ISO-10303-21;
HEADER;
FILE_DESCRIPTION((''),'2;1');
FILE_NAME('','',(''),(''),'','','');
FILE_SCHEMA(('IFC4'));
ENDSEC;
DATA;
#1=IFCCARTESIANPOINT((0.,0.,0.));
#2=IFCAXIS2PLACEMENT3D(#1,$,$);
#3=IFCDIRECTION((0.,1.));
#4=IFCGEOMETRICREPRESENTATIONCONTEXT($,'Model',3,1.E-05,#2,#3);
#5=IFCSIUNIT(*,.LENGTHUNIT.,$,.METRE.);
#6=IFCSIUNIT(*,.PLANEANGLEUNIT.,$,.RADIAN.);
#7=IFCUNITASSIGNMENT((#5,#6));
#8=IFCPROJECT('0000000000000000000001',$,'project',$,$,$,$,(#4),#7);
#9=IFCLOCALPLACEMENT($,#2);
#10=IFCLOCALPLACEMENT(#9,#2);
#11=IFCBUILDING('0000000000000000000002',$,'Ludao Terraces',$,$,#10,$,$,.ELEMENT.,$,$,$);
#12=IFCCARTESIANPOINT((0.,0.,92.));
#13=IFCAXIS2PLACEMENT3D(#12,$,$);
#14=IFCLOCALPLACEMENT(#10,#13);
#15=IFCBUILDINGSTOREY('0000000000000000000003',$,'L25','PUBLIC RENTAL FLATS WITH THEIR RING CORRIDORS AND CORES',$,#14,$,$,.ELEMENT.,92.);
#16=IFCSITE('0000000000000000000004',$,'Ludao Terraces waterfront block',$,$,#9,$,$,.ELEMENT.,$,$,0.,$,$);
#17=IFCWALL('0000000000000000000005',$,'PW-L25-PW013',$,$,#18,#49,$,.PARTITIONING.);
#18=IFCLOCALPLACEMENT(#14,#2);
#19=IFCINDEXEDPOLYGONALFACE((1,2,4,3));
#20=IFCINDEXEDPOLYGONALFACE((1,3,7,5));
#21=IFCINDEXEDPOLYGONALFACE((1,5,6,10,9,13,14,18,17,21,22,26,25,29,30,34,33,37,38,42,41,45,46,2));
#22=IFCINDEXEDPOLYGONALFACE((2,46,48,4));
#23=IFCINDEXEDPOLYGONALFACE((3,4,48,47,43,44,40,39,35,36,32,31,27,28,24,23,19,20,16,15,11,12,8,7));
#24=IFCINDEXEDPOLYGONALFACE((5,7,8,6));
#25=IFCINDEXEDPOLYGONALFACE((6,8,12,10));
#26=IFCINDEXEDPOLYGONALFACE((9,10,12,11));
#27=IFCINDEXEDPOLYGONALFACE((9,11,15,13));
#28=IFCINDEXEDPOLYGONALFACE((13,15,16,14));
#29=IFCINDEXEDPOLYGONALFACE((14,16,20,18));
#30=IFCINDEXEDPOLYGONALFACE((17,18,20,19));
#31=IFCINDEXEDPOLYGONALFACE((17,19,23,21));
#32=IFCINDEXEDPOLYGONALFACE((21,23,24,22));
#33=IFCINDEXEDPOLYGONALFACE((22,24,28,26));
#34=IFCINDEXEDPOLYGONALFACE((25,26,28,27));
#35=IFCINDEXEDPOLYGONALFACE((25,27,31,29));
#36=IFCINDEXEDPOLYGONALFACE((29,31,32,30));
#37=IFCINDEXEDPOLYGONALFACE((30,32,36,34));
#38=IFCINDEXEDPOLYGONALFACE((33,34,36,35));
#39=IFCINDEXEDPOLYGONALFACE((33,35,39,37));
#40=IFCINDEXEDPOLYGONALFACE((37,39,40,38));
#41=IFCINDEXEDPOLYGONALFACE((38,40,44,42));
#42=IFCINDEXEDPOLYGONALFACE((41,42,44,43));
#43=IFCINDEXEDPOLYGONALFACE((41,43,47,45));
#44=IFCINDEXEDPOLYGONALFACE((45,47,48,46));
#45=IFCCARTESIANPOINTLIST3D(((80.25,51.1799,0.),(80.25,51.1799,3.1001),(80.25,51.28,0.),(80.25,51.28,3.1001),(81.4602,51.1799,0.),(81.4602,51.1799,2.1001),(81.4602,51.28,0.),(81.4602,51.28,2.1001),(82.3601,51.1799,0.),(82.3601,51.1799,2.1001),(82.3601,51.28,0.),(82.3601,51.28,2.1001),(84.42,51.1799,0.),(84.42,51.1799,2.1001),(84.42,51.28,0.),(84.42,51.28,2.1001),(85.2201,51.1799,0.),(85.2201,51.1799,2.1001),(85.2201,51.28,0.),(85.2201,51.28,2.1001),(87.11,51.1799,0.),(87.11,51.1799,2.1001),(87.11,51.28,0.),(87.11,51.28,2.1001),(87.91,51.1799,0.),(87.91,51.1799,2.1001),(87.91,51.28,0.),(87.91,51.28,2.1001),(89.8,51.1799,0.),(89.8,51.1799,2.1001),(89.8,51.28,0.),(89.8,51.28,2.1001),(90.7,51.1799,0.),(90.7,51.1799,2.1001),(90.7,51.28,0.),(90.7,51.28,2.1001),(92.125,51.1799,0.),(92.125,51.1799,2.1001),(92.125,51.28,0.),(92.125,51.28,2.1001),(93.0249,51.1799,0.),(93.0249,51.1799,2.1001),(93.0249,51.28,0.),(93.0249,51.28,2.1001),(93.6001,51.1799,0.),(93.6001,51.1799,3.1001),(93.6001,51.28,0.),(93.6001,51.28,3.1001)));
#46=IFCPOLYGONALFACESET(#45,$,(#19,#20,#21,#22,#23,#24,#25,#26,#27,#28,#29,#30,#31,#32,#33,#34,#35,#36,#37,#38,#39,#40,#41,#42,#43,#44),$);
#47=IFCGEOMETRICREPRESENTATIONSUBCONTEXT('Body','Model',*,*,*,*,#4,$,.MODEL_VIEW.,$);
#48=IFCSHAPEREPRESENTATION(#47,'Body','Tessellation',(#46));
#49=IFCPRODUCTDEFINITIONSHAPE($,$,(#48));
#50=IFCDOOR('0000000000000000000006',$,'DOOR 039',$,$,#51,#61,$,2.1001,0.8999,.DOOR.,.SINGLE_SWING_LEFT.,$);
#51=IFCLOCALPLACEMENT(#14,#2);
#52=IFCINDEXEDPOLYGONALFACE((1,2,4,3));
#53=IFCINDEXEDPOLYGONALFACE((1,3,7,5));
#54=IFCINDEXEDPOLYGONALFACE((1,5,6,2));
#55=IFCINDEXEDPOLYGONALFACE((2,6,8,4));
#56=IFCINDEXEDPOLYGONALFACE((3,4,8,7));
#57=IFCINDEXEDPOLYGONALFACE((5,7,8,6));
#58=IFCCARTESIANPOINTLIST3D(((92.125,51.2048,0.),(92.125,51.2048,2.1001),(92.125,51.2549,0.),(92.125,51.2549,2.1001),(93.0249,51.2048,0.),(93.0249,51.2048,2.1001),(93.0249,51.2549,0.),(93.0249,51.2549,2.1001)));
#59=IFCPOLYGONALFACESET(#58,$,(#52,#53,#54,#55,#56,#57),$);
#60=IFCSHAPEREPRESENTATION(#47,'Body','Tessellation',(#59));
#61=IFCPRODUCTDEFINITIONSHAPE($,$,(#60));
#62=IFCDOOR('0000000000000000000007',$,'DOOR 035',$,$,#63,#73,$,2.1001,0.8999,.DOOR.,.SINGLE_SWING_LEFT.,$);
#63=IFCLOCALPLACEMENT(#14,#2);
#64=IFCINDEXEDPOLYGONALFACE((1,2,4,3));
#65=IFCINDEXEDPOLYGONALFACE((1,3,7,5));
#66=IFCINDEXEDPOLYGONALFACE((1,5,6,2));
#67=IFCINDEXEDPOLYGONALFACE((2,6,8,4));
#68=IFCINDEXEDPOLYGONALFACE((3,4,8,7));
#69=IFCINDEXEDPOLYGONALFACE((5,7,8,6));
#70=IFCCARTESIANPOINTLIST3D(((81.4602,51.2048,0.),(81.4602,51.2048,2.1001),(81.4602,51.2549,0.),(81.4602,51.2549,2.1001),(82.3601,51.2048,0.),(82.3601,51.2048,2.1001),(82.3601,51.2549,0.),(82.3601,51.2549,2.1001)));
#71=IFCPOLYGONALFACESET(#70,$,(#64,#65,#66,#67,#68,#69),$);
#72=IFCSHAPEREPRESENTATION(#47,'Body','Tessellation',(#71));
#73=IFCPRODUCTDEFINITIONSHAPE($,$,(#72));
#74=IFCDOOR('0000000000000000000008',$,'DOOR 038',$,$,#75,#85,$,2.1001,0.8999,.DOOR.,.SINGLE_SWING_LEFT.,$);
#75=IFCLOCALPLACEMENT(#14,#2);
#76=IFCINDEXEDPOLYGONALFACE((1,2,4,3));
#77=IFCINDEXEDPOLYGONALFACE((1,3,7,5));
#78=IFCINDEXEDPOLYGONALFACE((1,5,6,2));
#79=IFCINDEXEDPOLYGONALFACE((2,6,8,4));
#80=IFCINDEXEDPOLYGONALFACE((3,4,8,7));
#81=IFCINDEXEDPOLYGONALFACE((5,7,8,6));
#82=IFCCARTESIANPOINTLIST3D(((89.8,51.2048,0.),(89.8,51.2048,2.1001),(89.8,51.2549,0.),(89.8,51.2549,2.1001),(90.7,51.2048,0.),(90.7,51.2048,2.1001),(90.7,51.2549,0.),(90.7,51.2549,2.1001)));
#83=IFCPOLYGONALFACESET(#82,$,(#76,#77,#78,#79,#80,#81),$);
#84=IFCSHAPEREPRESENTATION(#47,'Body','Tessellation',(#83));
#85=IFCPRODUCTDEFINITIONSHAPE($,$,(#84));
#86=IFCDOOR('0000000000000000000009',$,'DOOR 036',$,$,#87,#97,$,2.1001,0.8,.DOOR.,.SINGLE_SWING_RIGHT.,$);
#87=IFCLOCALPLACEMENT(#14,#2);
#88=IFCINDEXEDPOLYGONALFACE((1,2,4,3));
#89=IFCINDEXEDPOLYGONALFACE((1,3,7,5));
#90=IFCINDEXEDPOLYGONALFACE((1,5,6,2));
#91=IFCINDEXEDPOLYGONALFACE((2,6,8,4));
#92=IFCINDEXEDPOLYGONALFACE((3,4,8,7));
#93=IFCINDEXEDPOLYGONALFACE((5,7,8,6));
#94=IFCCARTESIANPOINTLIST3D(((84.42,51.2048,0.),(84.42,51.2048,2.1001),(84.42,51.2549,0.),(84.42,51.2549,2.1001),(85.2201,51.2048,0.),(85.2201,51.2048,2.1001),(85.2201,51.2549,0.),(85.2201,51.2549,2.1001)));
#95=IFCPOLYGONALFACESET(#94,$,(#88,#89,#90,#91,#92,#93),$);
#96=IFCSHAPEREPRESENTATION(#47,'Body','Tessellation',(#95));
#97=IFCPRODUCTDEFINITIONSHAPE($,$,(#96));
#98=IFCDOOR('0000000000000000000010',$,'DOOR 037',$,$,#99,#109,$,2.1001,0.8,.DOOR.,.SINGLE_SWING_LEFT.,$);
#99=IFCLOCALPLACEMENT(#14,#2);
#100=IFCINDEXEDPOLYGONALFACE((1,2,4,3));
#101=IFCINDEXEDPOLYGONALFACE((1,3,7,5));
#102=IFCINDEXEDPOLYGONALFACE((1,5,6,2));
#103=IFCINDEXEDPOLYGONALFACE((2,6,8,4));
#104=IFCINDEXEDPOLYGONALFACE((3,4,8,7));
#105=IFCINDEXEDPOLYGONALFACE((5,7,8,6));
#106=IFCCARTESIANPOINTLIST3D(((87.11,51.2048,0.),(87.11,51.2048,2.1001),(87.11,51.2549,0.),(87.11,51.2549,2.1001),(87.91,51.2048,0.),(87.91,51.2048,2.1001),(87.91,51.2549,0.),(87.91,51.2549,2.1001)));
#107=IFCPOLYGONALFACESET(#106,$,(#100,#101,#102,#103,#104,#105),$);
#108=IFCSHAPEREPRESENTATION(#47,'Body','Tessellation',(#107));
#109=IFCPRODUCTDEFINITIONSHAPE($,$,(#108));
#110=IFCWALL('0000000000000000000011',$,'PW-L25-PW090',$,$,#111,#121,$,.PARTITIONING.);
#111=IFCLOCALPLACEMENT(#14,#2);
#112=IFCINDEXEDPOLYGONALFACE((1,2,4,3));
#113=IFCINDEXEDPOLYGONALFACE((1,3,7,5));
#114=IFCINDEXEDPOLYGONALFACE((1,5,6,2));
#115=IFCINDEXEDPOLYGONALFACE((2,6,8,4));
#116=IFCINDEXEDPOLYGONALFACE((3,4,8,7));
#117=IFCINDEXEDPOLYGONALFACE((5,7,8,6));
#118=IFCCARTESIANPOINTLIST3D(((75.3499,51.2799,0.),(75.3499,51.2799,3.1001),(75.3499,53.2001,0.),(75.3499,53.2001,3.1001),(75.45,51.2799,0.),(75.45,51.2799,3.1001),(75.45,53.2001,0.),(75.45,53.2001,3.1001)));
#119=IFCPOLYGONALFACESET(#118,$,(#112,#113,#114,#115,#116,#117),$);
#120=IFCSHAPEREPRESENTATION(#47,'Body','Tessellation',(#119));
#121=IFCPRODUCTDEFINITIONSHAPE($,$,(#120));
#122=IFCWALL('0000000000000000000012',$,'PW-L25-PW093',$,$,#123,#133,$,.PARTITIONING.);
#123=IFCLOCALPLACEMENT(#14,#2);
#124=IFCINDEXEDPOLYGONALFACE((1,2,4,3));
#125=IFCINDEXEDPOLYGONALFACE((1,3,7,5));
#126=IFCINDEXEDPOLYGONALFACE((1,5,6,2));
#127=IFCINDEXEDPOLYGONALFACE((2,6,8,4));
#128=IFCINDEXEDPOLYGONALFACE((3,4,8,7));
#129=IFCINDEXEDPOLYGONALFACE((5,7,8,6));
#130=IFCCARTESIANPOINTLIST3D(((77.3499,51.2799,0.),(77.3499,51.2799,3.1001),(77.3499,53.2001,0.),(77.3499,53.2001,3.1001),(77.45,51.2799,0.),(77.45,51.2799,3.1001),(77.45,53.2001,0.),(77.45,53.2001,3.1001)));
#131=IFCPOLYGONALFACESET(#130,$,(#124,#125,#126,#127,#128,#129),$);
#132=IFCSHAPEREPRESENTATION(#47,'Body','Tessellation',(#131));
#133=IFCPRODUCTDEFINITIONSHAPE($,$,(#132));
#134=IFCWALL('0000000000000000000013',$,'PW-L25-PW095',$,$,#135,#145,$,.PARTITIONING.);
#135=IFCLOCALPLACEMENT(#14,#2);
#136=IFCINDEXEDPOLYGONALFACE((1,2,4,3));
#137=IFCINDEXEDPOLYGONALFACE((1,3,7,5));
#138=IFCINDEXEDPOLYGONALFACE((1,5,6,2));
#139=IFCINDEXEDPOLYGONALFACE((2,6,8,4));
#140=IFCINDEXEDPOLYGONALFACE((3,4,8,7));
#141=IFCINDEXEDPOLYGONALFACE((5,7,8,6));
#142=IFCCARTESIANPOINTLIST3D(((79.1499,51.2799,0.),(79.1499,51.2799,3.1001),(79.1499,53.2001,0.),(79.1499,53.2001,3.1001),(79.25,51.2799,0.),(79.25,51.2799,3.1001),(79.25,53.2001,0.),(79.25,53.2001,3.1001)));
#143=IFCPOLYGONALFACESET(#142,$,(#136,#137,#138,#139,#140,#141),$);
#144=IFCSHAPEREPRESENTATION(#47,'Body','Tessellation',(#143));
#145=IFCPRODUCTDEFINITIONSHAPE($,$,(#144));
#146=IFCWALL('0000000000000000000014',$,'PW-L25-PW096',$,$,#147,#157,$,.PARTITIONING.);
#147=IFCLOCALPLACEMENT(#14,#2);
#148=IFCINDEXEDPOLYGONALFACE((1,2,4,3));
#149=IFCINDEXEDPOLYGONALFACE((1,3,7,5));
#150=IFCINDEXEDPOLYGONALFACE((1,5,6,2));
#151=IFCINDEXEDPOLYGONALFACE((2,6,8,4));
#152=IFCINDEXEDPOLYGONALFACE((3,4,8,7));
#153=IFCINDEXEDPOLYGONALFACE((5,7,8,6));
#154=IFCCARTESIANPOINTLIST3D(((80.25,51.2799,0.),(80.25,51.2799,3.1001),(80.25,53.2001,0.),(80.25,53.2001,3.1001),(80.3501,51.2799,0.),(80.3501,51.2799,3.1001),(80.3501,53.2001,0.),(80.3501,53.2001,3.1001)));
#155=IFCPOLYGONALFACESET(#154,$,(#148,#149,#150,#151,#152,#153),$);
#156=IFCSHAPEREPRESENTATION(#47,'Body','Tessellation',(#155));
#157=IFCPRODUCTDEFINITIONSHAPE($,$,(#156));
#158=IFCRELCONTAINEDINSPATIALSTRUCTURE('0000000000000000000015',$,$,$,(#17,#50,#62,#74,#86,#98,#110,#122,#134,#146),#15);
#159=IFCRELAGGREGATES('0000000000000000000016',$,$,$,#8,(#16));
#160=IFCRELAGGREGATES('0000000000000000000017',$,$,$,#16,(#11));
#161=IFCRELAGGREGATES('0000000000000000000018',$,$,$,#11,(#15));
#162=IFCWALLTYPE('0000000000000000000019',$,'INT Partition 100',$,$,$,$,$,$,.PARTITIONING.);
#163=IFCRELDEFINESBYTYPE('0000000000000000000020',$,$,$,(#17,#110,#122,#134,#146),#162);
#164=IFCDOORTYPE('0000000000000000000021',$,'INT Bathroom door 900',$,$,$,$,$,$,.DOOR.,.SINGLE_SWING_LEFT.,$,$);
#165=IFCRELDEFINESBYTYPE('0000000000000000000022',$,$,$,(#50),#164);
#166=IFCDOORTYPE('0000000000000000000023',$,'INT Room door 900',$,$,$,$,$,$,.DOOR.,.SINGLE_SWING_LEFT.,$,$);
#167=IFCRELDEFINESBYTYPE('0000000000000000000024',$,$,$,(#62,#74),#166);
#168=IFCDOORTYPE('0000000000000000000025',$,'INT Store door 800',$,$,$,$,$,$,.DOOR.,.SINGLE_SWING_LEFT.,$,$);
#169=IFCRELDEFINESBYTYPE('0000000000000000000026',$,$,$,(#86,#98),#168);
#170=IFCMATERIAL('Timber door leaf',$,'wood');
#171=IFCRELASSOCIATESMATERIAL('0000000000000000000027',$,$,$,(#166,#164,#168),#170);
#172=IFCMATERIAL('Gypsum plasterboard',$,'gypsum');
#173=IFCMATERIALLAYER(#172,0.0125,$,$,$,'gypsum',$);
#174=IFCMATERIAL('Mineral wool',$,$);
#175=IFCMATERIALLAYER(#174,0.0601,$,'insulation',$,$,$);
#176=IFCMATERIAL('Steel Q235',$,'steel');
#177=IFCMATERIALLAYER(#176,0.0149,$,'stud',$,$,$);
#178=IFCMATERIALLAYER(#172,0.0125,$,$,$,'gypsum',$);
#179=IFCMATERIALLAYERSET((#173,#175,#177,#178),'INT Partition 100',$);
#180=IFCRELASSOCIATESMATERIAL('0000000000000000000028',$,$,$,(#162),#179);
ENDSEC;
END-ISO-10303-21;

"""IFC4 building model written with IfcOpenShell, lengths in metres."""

from ifc_helpers import new_model, si_unit, direction, frame, frame_2d, origin, place, context, subcontext, project, spatial, rectangle, extrude, material, layer, layer_set, type_object, element, fill, save


model = new_model("IFC4")

# Units and contexts
model_context = context("Model", 3, precision=1e-05, world=origin(), true_north=direction((0.0, 1.0)))
body_context = subcontext(model_context, "Body", "Model", "MODEL_VIEW")
ifc_project = project(units=[si_unit("LENGTHUNIT", "METRE"), si_unit("PLANEANGLEUNIT", "RADIAN")], contexts=[model_context])

# Site, building, storey
site_placement = place(None, origin())
site = spatial("IfcSite", under=ifc_project, at=site_placement, Name="Ludao Terraces waterfront block", CompositionType="ELEMENT", RefElevation=0.0)
building_placement = place(site_placement, origin())
building = spatial("IfcBuilding", under=site, at=building_placement, Name="Ludao Terraces", CompositionType="ELEMENT")
storey_placement = place(building_placement, frame((0.0, 0.0, 92.0)))
storey = spatial("IfcBuildingStorey", under=building, at=storey_placement, Name="L25", Description="PUBLIC RENTAL FLATS WITH THEIR RING CORRIDORS AND CORES", CompositionType="ELEMENT", Elevation=92.0)

# Shared definitions
ifc_material_1 = material(Name="Steel Q235", Category="steel")
ifc_material_2 = material(Name="Timber door leaf", Category="wood")
door_type_1 = type_object("IfcDoorType", Name="INT Room door 900", OperationType="SINGLE_SWING_LEFT", PredefinedType="DOOR", material=ifc_material_2)

# Wall, openings, doors
ifc_material_3 = material(Name="Gypsum plasterboard", Category="gypsum")
ifc_layer_1 = layer(ifc_material_3, 0.0125, Category="gypsum")
ifc_material_4 = material(Name="Mineral wool")
ifc_layer_2 = layer(ifc_material_4, 0.0601, Name="insulation")
ifc_layer_3 = layer(ifc_material_1, 0.0149, Name="stud")
ifc_layer_4 = layer(ifc_material_3, 0.0125, Category="gypsum")
ifc_layer_set_1 = layer_set([ifc_layer_1, ifc_layer_2, ifc_layer_3, ifc_layer_4], Name="INT Partition 100")
wall_type_1 = type_object("IfcWallType", Name="INT Partition 100", PredefinedType="PARTITIONING", material=ifc_layer_set_1)
wall_1_placement = place(storey_placement, frame((80.25, 51.23, 0.0), z_axis=(0.0, 0.0, 1.0), x_axis=(1.0, 0.0, 0.0)))
wall_1 = element("IfcWall", 1, at=wall_1_placement, inside=storey, type_object=wall_type_1, Name="PW-L25-PW013", PredefinedType="PARTITIONING", context=body_context, shape_type="SweptSolid", body=[
    extrude(rectangle(XDim=13.3501, YDim=0.1001, at=frame_2d((6.675, 0.0))), origin(), (0.0, 0.0, 1.0), 3.1001),
])
opening_1_placement = place(wall_1_placement, frame((1.2102, 0.0, 0.0)))
opening_1 = element("IfcOpeningElement", 2, at=opening_1_placement, cuts=wall_1, PredefinedType="OPENING", context=body_context, shape_type="SweptSolid", body=[
    extrude(rectangle(XDim=0.8999, YDim=2.1001, at=frame_2d((0.45, 1.05))), frame((0.0, 0.0601, 0.0), z_axis=(0.0, -1.0, 0.0), x_axis=(1.0, 0.0, 0.0)), (0.0, 0.0, 1.0), 0.1201),
])
opening_2_placement = place(wall_1_placement, frame((4.1702, 0.0, 0.0)))
opening_2 = element("IfcOpeningElement", 3, at=opening_2_placement, cuts=wall_1, PredefinedType="OPENING", context=body_context, shape_type="SweptSolid", body=[
    extrude(rectangle(XDim=0.8, YDim=2.1001, at=frame_2d((0.3999, 1.05))), frame((0.0, 0.0601, 0.0), z_axis=(0.0, -1.0, 0.0), x_axis=(1.0, 0.0, 0.0)), (0.0, 0.0, 1.0), 0.1201),
])
opening_3_placement = place(wall_1_placement, frame((6.8601, 0.0, 0.0)))
opening_3 = element("IfcOpeningElement", 4, at=opening_3_placement, cuts=wall_1, PredefinedType="OPENING", context=body_context, shape_type="SweptSolid", body=[
    extrude(rectangle(XDim=0.8, YDim=2.1001, at=frame_2d((0.3999, 1.05))), frame((0.0, 0.0601, 0.0), z_axis=(0.0, -1.0, 0.0), x_axis=(1.0, 0.0, 0.0)), (0.0, 0.0, 1.0), 0.1201),
])
opening_4_placement = place(wall_1_placement, frame((9.55, 0.0, 0.0)))
opening_4 = element("IfcOpeningElement", 5, at=opening_4_placement, cuts=wall_1, PredefinedType="OPENING", context=body_context, shape_type="SweptSolid", body=[
    extrude(rectangle(XDim=0.8999, YDim=2.1001, at=frame_2d((0.45, 1.05))), frame((0.0, 0.0601, 0.0), z_axis=(0.0, -1.0, 0.0), x_axis=(1.0, 0.0, 0.0)), (0.0, 0.0, 1.0), 0.1201),
])
opening_5_placement = place(wall_1_placement, frame((11.875, 0.0, 0.0)))
opening_5 = element("IfcOpeningElement", 6, at=opening_5_placement, cuts=wall_1, PredefinedType="OPENING", context=body_context, shape_type="SweptSolid", body=[
    extrude(rectangle(XDim=0.8999, YDim=2.1001, at=frame_2d((0.45, 1.05))), frame((0.0, 0.0601, 0.0), z_axis=(0.0, -1.0, 0.0), x_axis=(1.0, 0.0, 0.0)), (0.0, 0.0, 1.0), 0.1201),
])
door_type_2 = type_object("IfcDoorType", Name="INT Bathroom door 900", OperationType="SINGLE_SWING_LEFT", PredefinedType="DOOR", material=ifc_material_2)
door_1_placement = place(opening_5_placement, origin())
door_1 = element("IfcDoor", 7, at=door_1_placement, inside=storey, type_object=door_type_2, Name="DOOR 039", OperationType="SINGLE_SWING_LEFT", OverallHeight=2.1001, OverallWidth=0.8999, PredefinedType="DOOR", context=body_context, shape_type="SweptSolid", body=[
    extrude(rectangle(XDim=0.8999, YDim=2.1001, at=frame_2d((0.45, 1.05))), frame((0.0, 0.0249, 0.0), z_axis=(0.0, -1.0, 0.0), x_axis=(1.0, 0.0, 0.0)), (0.0, 0.0, 1.0), 0.05),
])
fill(opening_5, door_1)
door_2_placement = place(opening_1_placement, origin())
door_2 = element("IfcDoor", 8, at=door_2_placement, inside=storey, type_object=door_type_1, Name="DOOR 035", OperationType="SINGLE_SWING_LEFT", OverallHeight=2.1001, OverallWidth=0.8999, PredefinedType="DOOR", context=body_context, shape_type="SweptSolid", body=[
    extrude(rectangle(XDim=0.8999, YDim=2.1001, at=frame_2d((0.45, 1.05))), frame((0.0, 0.0249, 0.0), z_axis=(0.0, -1.0, 0.0), x_axis=(1.0, 0.0, 0.0)), (0.0, 0.0, 1.0), 0.05),
])
fill(opening_1, door_2)
door_3_placement = place(opening_4_placement, origin())
door_3 = element("IfcDoor", 9, at=door_3_placement, inside=storey, type_object=door_type_1, Name="DOOR 038", OperationType="SINGLE_SWING_LEFT", OverallHeight=2.1001, OverallWidth=0.8999, PredefinedType="DOOR", context=body_context, shape_type="SweptSolid", body=[
    extrude(rectangle(XDim=0.8999, YDim=2.1001, at=frame_2d((0.45, 1.05))), frame((0.0, 0.0249, 0.0), z_axis=(0.0, -1.0, 0.0), x_axis=(1.0, 0.0, 0.0)), (0.0, 0.0, 1.0), 0.05),
])
fill(opening_4, door_3)
door_type_3 = type_object("IfcDoorType", Name="INT Store door 800", OperationType="SINGLE_SWING_LEFT", PredefinedType="DOOR", material=ifc_material_2)
door_4_placement = place(opening_2_placement, origin())
door_4 = element("IfcDoor", 10, at=door_4_placement, inside=storey, type_object=door_type_3, Name="DOOR 036", OperationType="SINGLE_SWING_RIGHT", OverallHeight=2.1001, OverallWidth=0.8, PredefinedType="DOOR", context=body_context, shape_type="SweptSolid", body=[
    extrude(rectangle(XDim=0.8, YDim=2.1001, at=frame_2d((0.3999, 1.05))), frame((0.0, 0.0249, 0.0), z_axis=(0.0, -1.0, 0.0), x_axis=(1.0, 0.0, 0.0)), (0.0, 0.0, 1.0), 0.05),
])
fill(opening_2, door_4)
door_5_placement = place(opening_3_placement, origin())
door_5 = element("IfcDoor", 11, at=door_5_placement, inside=storey, type_object=door_type_3, Name="DOOR 037", OperationType="SINGLE_SWING_LEFT", OverallHeight=2.1001, OverallWidth=0.8, PredefinedType="DOOR", context=body_context, shape_type="SweptSolid", body=[
    extrude(rectangle(XDim=0.8, YDim=2.1001, at=frame_2d((0.3999, 1.05))), frame((0.0, 0.0249, 0.0), z_axis=(0.0, -1.0, 0.0), x_axis=(1.0, 0.0, 0.0)), (0.0, 0.0, 1.0), 0.05),
])
fill(opening_3, door_5)

# Walls
for number, where, z_axis, x_axis, name in (
    (12, (75.3999, 51.28, 0.0), (0.0, 0.0, 1.0), (0.0, 1.0, 0.0), "PW-L25-PW090"),
    (13, (77.3999, 51.28, 0.0), (0.0, 0.0, 1.0), (0.0, 1.0, 0.0), "PW-L25-PW093"),
    (14, (79.2, 51.28, 0.0), (0.0, 0.0, 1.0), (0.0, 1.0, 0.0), "PW-L25-PW095"),
    (15, (80.3, 51.28, 0.0), (0.0, 0.0, 1.0), (0.0, 1.0, 0.0), "PW-L25-PW096"),
):
    element("IfcWall", number, at=place(storey_placement, frame(where, z_axis=z_axis, x_axis=x_axis)), inside=storey, type_object=wall_type_1, Name=name, PredefinedType="PARTITIONING", context=body_context, shape_type="SweptSolid", body=[
        extrude(rectangle(XDim=1.9202, YDim=0.1001, at=frame_2d((0.96, 0.0))), origin(), (0.0, 0.0, 1.0), 3.1001),
    ])

save(model, "model.ifc")
